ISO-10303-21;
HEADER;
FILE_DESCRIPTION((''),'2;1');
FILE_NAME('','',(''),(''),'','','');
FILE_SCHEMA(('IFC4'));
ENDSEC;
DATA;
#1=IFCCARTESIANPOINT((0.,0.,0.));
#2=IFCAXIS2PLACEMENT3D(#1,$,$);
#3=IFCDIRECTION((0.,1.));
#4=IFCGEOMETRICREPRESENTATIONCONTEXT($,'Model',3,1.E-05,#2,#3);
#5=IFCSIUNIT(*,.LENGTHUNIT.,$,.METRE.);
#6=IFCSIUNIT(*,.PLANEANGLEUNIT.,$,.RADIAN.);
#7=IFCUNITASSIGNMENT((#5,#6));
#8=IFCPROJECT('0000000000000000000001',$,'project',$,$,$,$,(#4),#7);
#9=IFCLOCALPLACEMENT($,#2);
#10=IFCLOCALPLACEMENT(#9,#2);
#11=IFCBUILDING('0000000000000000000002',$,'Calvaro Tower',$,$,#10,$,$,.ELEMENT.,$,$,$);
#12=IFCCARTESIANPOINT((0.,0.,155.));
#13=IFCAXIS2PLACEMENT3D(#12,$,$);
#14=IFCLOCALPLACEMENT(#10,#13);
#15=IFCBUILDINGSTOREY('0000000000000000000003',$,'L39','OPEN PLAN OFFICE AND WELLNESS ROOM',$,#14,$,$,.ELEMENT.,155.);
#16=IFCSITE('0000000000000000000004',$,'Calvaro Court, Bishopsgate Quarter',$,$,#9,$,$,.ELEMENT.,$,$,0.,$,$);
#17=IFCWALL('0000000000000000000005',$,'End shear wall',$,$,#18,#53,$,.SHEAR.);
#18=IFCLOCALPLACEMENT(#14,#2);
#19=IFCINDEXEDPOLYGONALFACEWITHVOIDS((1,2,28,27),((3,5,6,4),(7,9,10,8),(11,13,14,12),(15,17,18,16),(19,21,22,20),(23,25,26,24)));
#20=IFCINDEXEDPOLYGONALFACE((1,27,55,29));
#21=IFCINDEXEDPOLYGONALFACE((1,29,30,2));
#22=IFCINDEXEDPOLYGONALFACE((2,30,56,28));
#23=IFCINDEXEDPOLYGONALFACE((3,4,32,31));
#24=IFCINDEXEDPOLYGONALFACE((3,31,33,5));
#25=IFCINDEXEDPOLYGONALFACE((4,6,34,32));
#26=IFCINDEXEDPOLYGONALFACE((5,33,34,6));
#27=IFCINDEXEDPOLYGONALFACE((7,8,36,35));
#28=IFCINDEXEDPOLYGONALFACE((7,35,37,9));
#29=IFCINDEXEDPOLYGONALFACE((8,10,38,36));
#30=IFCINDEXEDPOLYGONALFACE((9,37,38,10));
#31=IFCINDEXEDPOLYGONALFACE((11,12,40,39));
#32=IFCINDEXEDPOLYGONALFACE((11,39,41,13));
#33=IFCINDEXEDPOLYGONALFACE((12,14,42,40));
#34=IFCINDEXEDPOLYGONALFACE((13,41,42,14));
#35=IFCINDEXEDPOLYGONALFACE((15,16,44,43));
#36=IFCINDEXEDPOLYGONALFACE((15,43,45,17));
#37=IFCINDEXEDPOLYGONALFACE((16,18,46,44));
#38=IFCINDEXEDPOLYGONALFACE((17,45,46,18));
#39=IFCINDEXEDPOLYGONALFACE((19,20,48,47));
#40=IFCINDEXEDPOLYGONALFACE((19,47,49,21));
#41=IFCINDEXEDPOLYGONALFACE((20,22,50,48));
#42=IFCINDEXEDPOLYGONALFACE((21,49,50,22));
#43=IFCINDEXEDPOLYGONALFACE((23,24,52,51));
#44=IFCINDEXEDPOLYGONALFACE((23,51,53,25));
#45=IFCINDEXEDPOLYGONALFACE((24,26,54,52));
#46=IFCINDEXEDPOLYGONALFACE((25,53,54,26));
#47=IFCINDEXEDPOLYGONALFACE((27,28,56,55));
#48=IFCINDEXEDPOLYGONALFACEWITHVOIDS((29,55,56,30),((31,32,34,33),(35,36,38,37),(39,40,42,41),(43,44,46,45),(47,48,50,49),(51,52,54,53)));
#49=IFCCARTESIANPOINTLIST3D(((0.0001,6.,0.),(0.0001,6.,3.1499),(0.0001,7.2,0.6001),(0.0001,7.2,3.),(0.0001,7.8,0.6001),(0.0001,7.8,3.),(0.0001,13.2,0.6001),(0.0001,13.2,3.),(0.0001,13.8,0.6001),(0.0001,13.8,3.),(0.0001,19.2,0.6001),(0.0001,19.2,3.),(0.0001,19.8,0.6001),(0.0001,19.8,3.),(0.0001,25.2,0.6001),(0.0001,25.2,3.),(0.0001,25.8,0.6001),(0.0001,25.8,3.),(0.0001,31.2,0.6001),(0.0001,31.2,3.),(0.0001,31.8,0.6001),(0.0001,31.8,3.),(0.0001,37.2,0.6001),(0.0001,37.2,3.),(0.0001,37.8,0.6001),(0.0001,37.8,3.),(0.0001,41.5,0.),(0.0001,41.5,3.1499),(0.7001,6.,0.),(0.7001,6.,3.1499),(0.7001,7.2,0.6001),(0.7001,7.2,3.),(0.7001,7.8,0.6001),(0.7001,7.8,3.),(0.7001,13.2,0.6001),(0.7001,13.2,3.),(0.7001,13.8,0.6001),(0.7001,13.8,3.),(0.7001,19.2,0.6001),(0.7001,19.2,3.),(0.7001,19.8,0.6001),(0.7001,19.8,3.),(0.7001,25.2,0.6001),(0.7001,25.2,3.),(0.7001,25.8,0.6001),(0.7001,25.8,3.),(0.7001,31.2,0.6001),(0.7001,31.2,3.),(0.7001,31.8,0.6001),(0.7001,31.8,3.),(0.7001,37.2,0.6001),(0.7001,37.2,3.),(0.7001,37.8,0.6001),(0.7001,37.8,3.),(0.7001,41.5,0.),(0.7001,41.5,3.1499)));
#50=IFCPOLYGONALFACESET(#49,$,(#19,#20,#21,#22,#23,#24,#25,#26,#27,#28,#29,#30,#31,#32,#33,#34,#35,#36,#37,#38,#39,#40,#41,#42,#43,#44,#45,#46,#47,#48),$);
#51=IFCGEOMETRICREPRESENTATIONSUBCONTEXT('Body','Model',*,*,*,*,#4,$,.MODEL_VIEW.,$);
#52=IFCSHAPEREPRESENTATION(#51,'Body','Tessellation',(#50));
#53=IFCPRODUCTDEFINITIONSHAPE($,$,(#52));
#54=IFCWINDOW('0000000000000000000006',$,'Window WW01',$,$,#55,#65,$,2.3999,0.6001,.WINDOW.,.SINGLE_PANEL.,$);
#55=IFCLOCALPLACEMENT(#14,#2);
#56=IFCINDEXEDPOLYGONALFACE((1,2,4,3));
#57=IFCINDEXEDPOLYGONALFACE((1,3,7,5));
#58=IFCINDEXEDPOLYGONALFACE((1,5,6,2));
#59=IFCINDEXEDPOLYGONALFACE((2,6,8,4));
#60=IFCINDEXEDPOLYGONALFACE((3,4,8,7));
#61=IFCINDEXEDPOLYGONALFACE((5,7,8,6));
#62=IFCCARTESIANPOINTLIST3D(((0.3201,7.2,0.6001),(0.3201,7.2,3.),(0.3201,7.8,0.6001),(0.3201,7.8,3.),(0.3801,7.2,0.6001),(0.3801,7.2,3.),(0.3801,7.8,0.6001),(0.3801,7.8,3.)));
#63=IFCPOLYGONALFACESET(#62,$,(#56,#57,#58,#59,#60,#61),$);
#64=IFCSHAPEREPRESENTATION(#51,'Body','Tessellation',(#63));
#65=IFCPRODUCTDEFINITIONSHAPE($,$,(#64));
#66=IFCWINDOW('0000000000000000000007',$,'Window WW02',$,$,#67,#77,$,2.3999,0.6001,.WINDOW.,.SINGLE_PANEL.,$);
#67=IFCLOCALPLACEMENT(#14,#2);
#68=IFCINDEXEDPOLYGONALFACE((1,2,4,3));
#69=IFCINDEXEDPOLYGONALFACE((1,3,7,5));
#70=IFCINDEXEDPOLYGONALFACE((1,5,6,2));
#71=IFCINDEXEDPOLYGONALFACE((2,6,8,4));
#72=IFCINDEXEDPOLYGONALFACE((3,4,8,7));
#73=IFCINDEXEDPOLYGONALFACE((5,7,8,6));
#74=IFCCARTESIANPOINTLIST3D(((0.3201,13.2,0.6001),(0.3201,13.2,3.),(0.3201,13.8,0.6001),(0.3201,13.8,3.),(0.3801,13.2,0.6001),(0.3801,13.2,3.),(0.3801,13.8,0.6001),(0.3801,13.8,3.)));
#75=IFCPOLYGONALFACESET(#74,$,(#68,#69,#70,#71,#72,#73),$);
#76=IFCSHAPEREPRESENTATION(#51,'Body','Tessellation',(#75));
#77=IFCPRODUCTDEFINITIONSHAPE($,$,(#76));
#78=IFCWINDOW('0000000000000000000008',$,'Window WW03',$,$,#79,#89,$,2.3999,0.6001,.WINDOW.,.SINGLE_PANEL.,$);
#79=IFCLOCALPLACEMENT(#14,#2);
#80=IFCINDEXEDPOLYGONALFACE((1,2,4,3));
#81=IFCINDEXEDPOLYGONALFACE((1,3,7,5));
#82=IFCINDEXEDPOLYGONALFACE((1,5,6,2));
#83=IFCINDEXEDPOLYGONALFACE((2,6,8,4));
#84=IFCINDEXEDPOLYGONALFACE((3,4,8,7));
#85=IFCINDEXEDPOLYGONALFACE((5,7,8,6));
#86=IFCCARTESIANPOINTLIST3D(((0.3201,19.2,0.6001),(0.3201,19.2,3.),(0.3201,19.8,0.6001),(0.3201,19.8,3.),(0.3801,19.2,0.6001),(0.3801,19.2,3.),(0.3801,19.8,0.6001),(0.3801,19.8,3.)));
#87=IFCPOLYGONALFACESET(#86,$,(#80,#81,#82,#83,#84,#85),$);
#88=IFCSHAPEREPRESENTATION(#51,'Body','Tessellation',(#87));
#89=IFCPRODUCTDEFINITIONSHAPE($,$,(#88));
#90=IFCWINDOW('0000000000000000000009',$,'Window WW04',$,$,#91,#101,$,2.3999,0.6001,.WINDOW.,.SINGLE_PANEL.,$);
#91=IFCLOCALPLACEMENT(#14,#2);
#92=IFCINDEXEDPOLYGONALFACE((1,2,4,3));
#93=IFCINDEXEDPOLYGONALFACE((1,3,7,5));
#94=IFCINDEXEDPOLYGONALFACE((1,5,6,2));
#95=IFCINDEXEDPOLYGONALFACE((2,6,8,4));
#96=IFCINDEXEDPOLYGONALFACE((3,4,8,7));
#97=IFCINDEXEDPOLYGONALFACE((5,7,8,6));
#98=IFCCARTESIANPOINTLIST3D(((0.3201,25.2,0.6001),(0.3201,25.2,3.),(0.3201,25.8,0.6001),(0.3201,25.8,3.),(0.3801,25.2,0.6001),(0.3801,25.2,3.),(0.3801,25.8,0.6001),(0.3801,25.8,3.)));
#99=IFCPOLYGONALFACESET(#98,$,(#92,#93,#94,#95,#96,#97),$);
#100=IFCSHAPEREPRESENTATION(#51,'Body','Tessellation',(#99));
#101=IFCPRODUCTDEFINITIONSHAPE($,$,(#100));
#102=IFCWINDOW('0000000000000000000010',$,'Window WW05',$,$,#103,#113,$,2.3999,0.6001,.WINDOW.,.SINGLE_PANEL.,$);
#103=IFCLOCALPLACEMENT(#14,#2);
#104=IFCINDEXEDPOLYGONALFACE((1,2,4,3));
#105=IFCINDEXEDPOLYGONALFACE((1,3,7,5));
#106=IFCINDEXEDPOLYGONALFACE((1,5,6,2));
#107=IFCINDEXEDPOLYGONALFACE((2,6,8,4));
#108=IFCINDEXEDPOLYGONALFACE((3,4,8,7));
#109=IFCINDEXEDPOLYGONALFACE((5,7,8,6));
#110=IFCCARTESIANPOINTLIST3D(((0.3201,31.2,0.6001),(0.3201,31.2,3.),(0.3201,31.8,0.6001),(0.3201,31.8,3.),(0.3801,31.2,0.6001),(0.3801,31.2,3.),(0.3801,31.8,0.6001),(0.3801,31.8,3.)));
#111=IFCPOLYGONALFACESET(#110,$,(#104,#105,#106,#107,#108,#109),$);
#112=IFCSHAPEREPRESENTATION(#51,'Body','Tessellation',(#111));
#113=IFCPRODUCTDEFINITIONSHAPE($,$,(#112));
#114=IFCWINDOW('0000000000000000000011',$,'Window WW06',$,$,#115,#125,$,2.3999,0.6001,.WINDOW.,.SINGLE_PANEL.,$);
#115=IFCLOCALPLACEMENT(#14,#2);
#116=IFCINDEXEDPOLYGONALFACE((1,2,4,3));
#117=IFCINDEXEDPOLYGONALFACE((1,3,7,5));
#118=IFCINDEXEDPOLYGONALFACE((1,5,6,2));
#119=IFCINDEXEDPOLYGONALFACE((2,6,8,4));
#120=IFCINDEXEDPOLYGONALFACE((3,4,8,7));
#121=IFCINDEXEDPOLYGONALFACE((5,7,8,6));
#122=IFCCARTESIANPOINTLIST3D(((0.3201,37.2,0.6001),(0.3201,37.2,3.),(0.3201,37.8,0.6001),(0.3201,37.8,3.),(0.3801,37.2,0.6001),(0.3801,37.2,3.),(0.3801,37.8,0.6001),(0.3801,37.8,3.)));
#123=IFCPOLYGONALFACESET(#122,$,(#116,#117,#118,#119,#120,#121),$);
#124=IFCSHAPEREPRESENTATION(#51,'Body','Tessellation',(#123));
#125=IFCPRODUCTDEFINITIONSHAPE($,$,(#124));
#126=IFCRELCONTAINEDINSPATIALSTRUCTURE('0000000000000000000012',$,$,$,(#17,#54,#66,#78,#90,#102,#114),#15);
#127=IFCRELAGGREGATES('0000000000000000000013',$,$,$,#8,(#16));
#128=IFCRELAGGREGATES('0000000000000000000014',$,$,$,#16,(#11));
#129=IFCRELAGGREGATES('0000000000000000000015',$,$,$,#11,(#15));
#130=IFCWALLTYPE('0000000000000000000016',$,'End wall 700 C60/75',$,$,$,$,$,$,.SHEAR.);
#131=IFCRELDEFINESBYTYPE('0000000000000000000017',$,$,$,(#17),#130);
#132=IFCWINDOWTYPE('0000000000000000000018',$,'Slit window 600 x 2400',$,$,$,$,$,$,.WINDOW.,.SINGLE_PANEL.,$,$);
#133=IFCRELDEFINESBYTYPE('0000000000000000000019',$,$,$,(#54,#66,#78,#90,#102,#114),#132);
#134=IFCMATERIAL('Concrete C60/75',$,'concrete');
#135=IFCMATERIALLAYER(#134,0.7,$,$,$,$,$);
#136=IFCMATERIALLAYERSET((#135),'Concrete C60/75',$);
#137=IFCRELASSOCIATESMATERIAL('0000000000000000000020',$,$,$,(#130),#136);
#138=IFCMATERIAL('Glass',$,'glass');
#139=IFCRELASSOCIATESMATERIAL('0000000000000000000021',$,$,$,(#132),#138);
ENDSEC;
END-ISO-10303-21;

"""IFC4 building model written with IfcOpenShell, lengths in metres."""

from ifc_helpers import new_model, si_unit, direction, frame, frame_2d, origin, place, context, subcontext, project, spatial, rectangle, extrude, material, layer, layer_set, type_object, element, fill, save


model = new_model("IFC4")

# Units and contexts
model_context = context("Model", 3, precision=1e-05, world=origin(), true_north=direction((0.0, 1.0)))
body_context = subcontext(model_context, "Body", "Model", "MODEL_VIEW")
ifc_project = project(units=[si_unit("LENGTHUNIT", "METRE"), si_unit("PLANEANGLEUNIT", "RADIAN")], contexts=[model_context])

# Site, building, storey
site_placement = place(None, origin())
site = spatial("IfcSite", under=ifc_project, at=site_placement, Name="Calvaro Court, Bishopsgate Quarter", CompositionType="ELEMENT", RefElevation=0.0)
building_placement = place(site_placement, origin())
building = spatial("IfcBuilding", under=site, at=building_placement, Name="Calvaro Tower", CompositionType="ELEMENT")
storey_placement = place(building_placement, frame((0.0, 0.0, 155.0)))
storey = spatial("IfcBuildingStorey", under=building, at=storey_placement, Name="L39", Description="OPEN PLAN OFFICE AND WELLNESS ROOM", CompositionType="ELEMENT", Elevation=155.0)

# Wall, openings, windows
ifc_material_1 = material(Name="Concrete C60/75", Category="concrete")
ifc_layer_1 = layer(ifc_material_1, 0.7)
ifc_layer_set_1 = layer_set([ifc_layer_1], Name="Concrete C60/75")
wall_type = type_object("IfcWallType", Name="End wall 700 C60/75", PredefinedType="SHEAR", material=ifc_layer_set_1)
wall_placement = place(storey_placement, frame((0.3501, 6.0, 0.0), z_axis=(0.0, 0.0, 1.0), x_axis=(0.0, 1.0, 0.0)))
wall = element("IfcWall", 1, at=wall_placement, inside=storey, type_object=wall_type, Name="End shear wall", PredefinedType="SHEAR", context=body_context, shape_type="SweptSolid", body=[
    extrude(rectangle(XDim=35.5, YDim=0.7, at=frame_2d((17.75, 0.0))), origin(), (0.0, 0.0, 1.0), 3.1499),
])
opening_1_placement = place(wall_placement, frame((1.2, 0.0, 0.6001)))
opening_1 = element("IfcOpeningElement", 2, at=opening_1_placement, cuts=wall, PredefinedType="OPENING", context=body_context, shape_type="SweptSolid", body=[
    extrude(rectangle(XDim=0.6001, YDim=2.3999, at=frame_2d((0.3, 1.2))), frame((0.0, 0.3599, 0.0), z_axis=(0.0, -1.0, 0.0), x_axis=(1.0, 0.0, 0.0)), (0.0, 0.0, 1.0), 0.72),
])
opening_2_placement = place(wall_placement, frame((7.2, 0.0, 0.6001)))
opening_2 = element("IfcOpeningElement", 3, at=opening_2_placement, cuts=wall, PredefinedType="OPENING", context=body_context, shape_type="SweptSolid", body=[
    extrude(rectangle(XDim=0.6001, YDim=2.3999, at=frame_2d((0.3, 1.2))), frame((0.0, 0.3599, 0.0), z_axis=(0.0, -1.0, 0.0), x_axis=(1.0, 0.0, 0.0)), (0.0, 0.0, 1.0), 0.72),
])
opening_3_placement = place(wall_placement, frame((13.2, 0.0, 0.6001)))
opening_3 = element("IfcOpeningElement", 4, at=opening_3_placement, cuts=wall, PredefinedType="OPENING", context=body_context, shape_type="SweptSolid", body=[
    extrude(rectangle(XDim=0.6001, YDim=2.3999, at=frame_2d((0.3, 1.2))), frame((0.0, 0.3599, 0.0), z_axis=(0.0, -1.0, 0.0), x_axis=(1.0, 0.0, 0.0)), (0.0, 0.0, 1.0), 0.72),
])
opening_4_placement = place(wall_placement, frame((19.2, 0.0, 0.6001)))
opening_4 = element("IfcOpeningElement", 5, at=opening_4_placement, cuts=wall, PredefinedType="OPENING", context=body_context, shape_type="SweptSolid", body=[
    extrude(rectangle(XDim=0.6001, YDim=2.3999, at=frame_2d((0.3, 1.2))), frame((0.0, 0.3599, 0.0), z_axis=(0.0, -1.0, 0.0), x_axis=(1.0, 0.0, 0.0)), (0.0, 0.0, 1.0), 0.72),
])
opening_5_placement = place(wall_placement, frame((25.2, 0.0, 0.6001)))
opening_5 = element("IfcOpeningElement", 6, at=opening_5_placement, cuts=wall, PredefinedType="OPENING", context=body_context, shape_type="SweptSolid", body=[
    extrude(rectangle(XDim=0.6001, YDim=2.3999, at=frame_2d((0.3, 1.2))), frame((0.0, 0.3599, 0.0), z_axis=(0.0, -1.0, 0.0), x_axis=(1.0, 0.0, 0.0)), (0.0, 0.0, 1.0), 0.72),
])
opening_6_placement = place(wall_placement, frame((31.2, 0.0, 0.6001)))
opening_6 = element("IfcOpeningElement", 7, at=opening_6_placement, cuts=wall, PredefinedType="OPENING", context=body_context, shape_type="SweptSolid", body=[
    extrude(rectangle(XDim=0.6001, YDim=2.3999, at=frame_2d((0.3, 1.2))), frame((0.0, 0.3599, 0.0), z_axis=(0.0, -1.0, 0.0), x_axis=(1.0, 0.0, 0.0)), (0.0, 0.0, 1.0), 0.72),
])
ifc_material_2 = material(Name="Glass", Category="glass")
window_type = type_object("IfcWindowType", Name="Slit window 600 x 2400", PartitioningType="SINGLE_PANEL", PredefinedType="WINDOW", material=ifc_material_2)
window_1_placement = place(opening_1_placement, origin())
window_1 = element("IfcWindow", 8, at=window_1_placement, inside=storey, type_object=window_type, Name="Window WW01", OverallHeight=2.3999, OverallWidth=0.6001, PartitioningType="SINGLE_PANEL", PredefinedType="WINDOW", context=body_context, shape_type="SweptSolid", body=[
    extrude(rectangle(XDim=0.6001, YDim=2.3999, at=frame_2d((0.3, 1.2))), frame((0.0, 0.03, 0.0), z_axis=(0.0, -1.0, 0.0), x_axis=(1.0, 0.0, 0.0)), (0.0, 0.0, 1.0), 0.0601),
])
fill(opening_1, window_1)
window_2_placement = place(opening_2_placement, origin())
window_2 = element("IfcWindow", 9, at=window_2_placement, inside=storey, type_object=window_type, Name="Window WW02", OverallHeight=2.3999, OverallWidth=0.6001, PartitioningType="SINGLE_PANEL", PredefinedType="WINDOW", context=body_context, shape_type="SweptSolid", body=[
    extrude(rectangle(XDim=0.6001, YDim=2.3999, at=frame_2d((0.3, 1.2))), frame((0.0, 0.03, 0.0), z_axis=(0.0, -1.0, 0.0), x_axis=(1.0, 0.0, 0.0)), (0.0, 0.0, 1.0), 0.0601),
])
fill(opening_2, window_2)
window_3_placement = place(opening_3_placement, origin())
window_3 = element("IfcWindow", 10, at=window_3_placement, inside=storey, type_object=window_type, Name="Window WW03", OverallHeight=2.3999, OverallWidth=0.6001, PartitioningType="SINGLE_PANEL", PredefinedType="WINDOW", context=body_context, shape_type="SweptSolid", body=[
    extrude(rectangle(XDim=0.6001, YDim=2.3999, at=frame_2d((0.3, 1.2))), frame((0.0, 0.03, 0.0), z_axis=(0.0, -1.0, 0.0), x_axis=(1.0, 0.0, 0.0)), (0.0, 0.0, 1.0), 0.0601),
])
fill(opening_3, window_3)
window_4_placement = place(opening_4_placement, origin())
window_4 = element("IfcWindow", 11, at=window_4_placement, inside=storey, type_object=window_type, Name="Window WW04", OverallHeight=2.3999, OverallWidth=0.6001, PartitioningType="SINGLE_PANEL", PredefinedType="WINDOW", context=body_context, shape_type="SweptSolid", body=[
    extrude(rectangle(XDim=0.6001, YDim=2.3999, at=frame_2d((0.3, 1.2))), frame((0.0, 0.03, 0.0), z_axis=(0.0, -1.0, 0.0), x_axis=(1.0, 0.0, 0.0)), (0.0, 0.0, 1.0), 0.0601),
])
fill(opening_4, window_4)
window_5_placement = place(opening_5_placement, origin())
window_5 = element("IfcWindow", 12, at=window_5_placement, inside=storey, type_object=window_type, Name="Window WW05", OverallHeight=2.3999, OverallWidth=0.6001, PartitioningType="SINGLE_PANEL", PredefinedType="WINDOW", context=body_context, shape_type="SweptSolid", body=[
    extrude(rectangle(XDim=0.6001, YDim=2.3999, at=frame_2d((0.3, 1.2))), frame((0.0, 0.03, 0.0), z_axis=(0.0, -1.0, 0.0), x_axis=(1.0, 0.0, 0.0)), (0.0, 0.0, 1.0), 0.0601),
])
fill(opening_5, window_5)
window_6_placement = place(opening_6_placement, origin())
window_6 = element("IfcWindow", 13, at=window_6_placement, inside=storey, type_object=window_type, Name="Window WW06", OverallHeight=2.3999, OverallWidth=0.6001, PartitioningType="SINGLE_PANEL", PredefinedType="WINDOW", context=body_context, shape_type="SweptSolid", body=[
    extrude(rectangle(XDim=0.6001, YDim=2.3999, at=frame_2d((0.3, 1.2))), frame((0.0, 0.03, 0.0), z_axis=(0.0, -1.0, 0.0), x_axis=(1.0, 0.0, 0.0)), (0.0, 0.0, 1.0), 0.0601),
])
fill(opening_6, window_6)

save(model, "model.ifc")
